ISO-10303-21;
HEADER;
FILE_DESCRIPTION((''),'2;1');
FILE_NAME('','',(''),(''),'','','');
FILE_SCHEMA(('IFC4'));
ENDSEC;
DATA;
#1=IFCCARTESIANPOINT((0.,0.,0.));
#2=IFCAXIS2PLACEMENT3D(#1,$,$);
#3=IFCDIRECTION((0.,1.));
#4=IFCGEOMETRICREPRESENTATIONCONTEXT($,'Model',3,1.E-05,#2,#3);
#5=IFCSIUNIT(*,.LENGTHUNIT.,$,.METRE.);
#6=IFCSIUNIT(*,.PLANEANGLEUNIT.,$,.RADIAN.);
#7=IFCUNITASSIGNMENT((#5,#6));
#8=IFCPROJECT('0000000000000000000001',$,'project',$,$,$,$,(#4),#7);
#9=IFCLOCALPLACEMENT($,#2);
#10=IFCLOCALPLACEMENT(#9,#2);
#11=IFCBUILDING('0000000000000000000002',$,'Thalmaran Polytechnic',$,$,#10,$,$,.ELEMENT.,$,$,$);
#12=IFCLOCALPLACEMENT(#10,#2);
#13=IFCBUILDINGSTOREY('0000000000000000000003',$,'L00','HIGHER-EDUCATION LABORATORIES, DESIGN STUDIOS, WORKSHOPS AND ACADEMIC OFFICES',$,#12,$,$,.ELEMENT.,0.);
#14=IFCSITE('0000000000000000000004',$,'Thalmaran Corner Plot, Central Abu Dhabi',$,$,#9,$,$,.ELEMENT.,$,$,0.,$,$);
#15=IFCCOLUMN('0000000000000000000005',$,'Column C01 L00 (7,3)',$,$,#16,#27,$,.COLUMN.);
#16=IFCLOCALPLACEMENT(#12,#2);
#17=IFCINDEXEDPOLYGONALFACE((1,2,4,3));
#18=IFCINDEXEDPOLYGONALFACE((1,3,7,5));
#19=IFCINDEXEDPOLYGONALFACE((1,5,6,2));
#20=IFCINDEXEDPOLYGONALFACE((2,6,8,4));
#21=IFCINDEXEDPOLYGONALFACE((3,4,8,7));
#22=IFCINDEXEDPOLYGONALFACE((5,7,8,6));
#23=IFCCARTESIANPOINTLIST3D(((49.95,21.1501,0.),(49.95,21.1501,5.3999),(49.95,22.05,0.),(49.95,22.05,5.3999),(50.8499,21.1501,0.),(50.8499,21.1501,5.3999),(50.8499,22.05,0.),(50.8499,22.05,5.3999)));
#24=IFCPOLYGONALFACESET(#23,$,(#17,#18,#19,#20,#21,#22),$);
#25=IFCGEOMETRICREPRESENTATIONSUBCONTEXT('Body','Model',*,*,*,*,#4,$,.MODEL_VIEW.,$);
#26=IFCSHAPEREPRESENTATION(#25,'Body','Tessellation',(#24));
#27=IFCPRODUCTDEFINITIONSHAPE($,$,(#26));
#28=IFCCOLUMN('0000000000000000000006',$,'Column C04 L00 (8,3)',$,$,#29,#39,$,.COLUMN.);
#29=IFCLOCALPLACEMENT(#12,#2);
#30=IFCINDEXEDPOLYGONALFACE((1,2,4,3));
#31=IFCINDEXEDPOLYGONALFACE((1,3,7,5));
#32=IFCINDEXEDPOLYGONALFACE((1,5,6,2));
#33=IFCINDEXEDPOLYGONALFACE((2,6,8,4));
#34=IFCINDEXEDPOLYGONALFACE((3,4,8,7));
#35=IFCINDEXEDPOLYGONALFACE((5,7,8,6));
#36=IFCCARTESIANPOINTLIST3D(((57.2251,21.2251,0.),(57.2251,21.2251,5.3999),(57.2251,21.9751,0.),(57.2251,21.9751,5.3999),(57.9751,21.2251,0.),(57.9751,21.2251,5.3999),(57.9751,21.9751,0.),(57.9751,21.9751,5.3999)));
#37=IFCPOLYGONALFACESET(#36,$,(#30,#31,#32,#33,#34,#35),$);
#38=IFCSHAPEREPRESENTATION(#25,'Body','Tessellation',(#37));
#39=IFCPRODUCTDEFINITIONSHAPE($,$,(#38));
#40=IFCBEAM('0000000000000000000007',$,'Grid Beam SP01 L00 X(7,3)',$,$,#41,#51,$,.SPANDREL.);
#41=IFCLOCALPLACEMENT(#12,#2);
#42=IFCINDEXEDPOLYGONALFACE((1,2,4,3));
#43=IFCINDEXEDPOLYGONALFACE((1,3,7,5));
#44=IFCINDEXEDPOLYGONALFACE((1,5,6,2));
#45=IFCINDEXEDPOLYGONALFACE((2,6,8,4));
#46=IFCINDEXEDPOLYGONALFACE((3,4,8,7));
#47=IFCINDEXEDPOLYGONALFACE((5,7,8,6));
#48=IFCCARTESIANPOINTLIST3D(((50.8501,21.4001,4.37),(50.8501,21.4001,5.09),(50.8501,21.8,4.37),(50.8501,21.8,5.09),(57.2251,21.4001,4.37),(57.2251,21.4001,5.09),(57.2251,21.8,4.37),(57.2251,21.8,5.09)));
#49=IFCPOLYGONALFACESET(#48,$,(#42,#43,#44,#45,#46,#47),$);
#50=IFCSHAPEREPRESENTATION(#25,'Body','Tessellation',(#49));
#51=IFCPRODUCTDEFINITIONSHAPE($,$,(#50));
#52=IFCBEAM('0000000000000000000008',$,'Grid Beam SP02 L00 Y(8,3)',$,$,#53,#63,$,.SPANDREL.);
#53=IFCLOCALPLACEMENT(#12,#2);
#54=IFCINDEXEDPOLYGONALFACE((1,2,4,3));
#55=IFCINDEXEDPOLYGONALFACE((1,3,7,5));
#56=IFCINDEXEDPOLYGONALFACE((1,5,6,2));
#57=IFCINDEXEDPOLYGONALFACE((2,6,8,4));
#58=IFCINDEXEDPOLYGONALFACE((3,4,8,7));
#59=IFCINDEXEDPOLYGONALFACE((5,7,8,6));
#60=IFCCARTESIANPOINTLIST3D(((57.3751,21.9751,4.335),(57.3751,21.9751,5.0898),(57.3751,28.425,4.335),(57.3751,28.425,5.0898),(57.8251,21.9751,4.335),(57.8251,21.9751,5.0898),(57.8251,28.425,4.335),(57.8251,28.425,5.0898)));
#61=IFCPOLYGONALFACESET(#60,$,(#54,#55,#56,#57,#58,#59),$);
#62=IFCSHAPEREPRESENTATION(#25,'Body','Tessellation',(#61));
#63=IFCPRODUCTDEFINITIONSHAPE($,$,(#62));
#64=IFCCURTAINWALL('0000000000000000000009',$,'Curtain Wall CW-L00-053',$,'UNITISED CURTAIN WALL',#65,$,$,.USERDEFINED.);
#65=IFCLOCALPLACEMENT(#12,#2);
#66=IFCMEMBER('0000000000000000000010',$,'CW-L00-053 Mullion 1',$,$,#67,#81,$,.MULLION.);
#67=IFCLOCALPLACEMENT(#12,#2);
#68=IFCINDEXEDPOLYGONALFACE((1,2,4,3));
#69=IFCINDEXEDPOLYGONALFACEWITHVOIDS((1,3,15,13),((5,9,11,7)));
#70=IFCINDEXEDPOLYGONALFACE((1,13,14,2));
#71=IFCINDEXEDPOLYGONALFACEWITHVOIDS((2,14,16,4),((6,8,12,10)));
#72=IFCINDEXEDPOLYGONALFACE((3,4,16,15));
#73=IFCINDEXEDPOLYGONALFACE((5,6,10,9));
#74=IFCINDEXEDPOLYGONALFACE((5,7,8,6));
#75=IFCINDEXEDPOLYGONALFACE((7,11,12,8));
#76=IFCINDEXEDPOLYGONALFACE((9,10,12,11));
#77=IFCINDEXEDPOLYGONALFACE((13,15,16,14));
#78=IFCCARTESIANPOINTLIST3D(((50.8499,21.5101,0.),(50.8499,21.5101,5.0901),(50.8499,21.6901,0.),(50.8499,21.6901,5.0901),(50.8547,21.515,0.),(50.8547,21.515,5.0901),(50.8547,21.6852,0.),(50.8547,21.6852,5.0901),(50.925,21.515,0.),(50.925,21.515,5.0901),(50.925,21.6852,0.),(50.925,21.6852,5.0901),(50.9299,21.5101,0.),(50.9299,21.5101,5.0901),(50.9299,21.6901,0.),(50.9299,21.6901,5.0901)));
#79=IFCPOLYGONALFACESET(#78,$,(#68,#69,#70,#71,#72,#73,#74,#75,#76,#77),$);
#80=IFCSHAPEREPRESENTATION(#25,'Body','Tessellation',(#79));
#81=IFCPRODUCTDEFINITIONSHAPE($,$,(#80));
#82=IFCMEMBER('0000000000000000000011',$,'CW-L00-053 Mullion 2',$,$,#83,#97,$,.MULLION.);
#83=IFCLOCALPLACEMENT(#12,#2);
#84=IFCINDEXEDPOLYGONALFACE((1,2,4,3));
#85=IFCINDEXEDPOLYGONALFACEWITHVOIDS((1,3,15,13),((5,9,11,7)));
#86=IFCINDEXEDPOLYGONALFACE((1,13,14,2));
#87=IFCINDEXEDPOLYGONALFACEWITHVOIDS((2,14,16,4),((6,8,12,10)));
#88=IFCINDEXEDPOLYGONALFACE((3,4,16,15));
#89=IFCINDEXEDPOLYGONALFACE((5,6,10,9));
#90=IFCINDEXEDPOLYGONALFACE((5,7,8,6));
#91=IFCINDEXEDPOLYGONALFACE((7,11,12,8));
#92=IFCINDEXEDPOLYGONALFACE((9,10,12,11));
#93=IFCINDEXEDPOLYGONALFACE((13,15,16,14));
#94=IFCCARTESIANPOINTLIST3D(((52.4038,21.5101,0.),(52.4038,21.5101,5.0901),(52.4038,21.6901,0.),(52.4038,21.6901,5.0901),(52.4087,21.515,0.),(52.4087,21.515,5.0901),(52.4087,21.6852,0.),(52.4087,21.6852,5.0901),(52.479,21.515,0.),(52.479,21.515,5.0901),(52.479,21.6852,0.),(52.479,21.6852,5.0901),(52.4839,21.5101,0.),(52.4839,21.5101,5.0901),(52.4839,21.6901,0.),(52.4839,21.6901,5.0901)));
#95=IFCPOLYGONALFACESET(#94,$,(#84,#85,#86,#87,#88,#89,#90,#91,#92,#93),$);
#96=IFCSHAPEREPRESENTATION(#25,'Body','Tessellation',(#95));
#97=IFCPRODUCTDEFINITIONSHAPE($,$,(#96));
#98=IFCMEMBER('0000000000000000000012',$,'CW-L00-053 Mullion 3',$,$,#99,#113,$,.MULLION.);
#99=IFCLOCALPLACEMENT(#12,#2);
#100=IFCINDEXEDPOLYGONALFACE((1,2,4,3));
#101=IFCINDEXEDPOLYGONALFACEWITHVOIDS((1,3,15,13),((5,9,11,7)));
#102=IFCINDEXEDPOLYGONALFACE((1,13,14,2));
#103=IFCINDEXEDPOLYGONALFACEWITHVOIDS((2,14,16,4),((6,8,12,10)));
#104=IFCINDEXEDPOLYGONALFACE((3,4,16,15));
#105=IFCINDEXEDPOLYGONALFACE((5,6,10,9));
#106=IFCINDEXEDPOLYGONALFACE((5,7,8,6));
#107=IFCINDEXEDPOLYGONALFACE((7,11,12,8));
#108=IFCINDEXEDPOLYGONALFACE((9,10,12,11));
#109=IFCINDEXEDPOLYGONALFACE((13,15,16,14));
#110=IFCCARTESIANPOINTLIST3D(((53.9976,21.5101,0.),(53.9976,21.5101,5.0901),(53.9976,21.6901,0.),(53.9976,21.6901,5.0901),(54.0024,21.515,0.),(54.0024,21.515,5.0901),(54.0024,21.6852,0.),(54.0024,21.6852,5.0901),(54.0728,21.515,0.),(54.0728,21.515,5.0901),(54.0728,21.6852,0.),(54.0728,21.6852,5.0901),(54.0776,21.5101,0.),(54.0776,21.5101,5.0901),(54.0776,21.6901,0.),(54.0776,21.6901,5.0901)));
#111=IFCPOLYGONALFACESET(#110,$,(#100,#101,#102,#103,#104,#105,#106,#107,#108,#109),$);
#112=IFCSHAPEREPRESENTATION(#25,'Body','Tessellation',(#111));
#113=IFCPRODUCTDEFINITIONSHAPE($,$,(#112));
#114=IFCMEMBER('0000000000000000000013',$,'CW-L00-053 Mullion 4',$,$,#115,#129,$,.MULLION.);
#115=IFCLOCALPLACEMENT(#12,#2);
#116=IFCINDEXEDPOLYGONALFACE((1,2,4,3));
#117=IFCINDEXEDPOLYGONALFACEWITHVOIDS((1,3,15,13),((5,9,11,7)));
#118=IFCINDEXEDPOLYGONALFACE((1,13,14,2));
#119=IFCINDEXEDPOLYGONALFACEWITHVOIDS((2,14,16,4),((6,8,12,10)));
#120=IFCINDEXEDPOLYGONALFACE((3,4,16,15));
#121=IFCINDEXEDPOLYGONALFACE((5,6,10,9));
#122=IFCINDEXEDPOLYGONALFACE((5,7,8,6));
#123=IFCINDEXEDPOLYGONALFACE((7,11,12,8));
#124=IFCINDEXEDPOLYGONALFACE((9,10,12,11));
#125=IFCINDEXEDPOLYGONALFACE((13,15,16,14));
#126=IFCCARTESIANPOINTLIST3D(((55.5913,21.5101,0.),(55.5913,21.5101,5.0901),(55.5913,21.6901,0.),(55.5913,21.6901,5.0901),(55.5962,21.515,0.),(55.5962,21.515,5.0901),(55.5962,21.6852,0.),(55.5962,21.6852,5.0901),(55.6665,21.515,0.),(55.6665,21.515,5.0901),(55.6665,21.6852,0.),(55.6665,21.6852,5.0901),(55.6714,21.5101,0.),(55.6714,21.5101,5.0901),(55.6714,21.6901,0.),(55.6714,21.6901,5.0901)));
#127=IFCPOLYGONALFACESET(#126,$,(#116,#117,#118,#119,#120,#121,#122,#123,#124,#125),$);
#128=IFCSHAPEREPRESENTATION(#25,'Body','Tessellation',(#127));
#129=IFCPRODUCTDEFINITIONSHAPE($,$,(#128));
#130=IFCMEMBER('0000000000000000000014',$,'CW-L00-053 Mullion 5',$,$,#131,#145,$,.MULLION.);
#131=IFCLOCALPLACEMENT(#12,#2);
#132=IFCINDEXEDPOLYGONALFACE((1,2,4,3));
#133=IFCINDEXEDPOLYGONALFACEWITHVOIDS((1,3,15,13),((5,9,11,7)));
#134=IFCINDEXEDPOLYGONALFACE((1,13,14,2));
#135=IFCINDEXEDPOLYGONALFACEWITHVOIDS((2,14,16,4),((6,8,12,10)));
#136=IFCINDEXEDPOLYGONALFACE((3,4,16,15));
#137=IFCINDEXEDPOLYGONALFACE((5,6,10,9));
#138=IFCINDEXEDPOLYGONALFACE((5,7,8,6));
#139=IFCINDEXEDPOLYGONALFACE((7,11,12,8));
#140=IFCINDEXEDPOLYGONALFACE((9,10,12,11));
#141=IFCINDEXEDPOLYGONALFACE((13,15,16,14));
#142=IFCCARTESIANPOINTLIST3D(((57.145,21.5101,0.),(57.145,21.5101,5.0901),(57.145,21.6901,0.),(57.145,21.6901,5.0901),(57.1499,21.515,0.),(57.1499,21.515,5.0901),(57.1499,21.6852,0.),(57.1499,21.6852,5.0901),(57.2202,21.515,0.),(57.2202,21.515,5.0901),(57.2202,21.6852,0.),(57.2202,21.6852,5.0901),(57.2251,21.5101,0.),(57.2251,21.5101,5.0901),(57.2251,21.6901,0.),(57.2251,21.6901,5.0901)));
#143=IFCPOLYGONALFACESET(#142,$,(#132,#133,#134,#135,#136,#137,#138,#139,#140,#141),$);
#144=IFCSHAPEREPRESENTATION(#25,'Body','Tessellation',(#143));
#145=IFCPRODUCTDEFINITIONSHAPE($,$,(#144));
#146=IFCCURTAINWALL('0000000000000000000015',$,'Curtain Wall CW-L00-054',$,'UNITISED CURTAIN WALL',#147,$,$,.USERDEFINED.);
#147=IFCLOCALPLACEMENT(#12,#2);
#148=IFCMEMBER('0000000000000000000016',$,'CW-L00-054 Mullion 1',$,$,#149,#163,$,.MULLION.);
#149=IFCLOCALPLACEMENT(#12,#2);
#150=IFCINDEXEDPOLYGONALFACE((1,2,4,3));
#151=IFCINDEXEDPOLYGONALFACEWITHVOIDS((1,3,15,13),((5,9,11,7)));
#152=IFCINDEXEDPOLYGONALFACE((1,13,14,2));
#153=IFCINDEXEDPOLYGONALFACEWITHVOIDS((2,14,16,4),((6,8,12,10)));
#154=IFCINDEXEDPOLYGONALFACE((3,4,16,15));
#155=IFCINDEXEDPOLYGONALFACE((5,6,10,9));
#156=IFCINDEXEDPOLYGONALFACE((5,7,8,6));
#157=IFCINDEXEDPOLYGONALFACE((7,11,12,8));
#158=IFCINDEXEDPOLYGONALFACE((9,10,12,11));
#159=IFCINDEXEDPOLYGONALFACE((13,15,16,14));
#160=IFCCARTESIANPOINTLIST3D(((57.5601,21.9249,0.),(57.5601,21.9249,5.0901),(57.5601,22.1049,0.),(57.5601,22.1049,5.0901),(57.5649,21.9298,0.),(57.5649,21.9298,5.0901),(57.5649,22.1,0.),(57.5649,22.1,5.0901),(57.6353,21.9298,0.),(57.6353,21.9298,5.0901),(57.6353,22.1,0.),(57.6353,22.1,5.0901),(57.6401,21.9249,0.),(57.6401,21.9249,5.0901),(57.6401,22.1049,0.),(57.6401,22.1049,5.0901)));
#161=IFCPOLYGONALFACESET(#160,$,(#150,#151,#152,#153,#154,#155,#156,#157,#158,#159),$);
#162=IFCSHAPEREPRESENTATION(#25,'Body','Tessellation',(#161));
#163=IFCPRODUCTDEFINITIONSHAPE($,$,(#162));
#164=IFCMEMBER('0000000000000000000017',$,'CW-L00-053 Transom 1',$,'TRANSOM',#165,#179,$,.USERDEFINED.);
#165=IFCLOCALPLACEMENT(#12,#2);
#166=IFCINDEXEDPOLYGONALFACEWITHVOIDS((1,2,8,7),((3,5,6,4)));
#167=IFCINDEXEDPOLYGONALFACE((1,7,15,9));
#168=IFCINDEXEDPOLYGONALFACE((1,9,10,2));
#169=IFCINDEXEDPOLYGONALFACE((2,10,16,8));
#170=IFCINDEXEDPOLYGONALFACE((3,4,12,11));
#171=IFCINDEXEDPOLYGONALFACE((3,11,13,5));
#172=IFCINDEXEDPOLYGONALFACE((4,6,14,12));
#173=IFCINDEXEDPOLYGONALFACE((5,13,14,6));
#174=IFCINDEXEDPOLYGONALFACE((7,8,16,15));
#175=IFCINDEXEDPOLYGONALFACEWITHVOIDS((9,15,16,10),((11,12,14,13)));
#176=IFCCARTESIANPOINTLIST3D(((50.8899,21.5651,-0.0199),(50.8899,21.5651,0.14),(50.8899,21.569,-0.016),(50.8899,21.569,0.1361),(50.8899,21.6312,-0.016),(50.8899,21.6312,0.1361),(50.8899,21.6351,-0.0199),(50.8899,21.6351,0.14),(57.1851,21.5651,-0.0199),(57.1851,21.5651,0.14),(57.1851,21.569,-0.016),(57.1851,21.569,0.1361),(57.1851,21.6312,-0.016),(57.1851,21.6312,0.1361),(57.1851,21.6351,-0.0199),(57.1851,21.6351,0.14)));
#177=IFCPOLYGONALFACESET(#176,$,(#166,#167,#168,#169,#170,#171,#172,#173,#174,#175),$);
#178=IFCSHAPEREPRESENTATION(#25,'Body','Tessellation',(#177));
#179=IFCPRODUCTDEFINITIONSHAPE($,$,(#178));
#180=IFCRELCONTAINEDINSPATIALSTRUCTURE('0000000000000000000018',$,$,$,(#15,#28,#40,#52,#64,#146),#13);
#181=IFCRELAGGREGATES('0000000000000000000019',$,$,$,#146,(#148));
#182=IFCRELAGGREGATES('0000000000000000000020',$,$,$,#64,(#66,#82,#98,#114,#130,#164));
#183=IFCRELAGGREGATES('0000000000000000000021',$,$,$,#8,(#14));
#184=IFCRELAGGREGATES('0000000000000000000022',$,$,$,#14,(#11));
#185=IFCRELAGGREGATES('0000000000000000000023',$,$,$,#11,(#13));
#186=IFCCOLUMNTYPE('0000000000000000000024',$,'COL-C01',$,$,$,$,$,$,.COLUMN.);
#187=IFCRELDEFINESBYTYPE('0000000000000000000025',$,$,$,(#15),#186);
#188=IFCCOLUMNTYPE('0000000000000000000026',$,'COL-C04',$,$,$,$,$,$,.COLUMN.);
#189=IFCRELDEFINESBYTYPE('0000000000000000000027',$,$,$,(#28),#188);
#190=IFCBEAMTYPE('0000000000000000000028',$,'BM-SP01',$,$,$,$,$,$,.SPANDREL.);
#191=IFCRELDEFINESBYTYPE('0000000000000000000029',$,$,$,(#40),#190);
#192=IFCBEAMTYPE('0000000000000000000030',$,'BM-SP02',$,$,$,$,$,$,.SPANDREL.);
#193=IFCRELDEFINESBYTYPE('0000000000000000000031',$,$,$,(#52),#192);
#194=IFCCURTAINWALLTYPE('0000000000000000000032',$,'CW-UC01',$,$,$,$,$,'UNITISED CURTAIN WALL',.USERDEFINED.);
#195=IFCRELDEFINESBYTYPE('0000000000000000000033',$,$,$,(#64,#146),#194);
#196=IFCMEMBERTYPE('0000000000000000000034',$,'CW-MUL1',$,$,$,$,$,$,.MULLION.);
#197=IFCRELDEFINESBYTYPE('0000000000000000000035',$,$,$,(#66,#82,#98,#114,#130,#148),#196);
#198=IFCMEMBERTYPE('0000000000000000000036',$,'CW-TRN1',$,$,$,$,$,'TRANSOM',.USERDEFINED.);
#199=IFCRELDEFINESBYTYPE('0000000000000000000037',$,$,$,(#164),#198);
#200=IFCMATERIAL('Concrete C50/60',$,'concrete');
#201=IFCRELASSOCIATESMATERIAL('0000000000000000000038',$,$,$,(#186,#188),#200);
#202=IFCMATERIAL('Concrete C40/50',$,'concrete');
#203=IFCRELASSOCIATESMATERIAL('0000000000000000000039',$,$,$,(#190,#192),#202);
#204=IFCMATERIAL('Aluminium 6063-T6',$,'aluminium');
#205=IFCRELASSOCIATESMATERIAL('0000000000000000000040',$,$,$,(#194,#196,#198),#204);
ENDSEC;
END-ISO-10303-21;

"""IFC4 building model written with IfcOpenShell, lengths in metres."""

from ifc_helpers import new_model, si_unit, direction, frame, origin, origin_2d, place, context, subcontext, project, spatial, rectangle, hollow_rectangle, extrude, material, material_profile, profile_set, type_object, element, aggregate, save


model = new_model("IFC4")

# Units and contexts
model_context = context("Model", 3, precision=1e-05, world=origin(), true_north=direction((0.0, 1.0)))
body_context = subcontext(model_context, "Body", "Model", "MODEL_VIEW")
ifc_project = project(units=[si_unit("LENGTHUNIT", "METRE"), si_unit("PLANEANGLEUNIT", "RADIAN")], contexts=[model_context])

# Site, building, storey
site_placement = place(None, origin())
site = spatial("IfcSite", under=ifc_project, at=site_placement, Name="Thalmaran Corner Plot, Central Abu Dhabi", CompositionType="ELEMENT", RefElevation=0.0)
building_placement = place(site_placement, origin())
building = spatial("IfcBuilding", under=site, at=building_placement, Name="Thalmaran Polytechnic", CompositionType="ELEMENT")
storey_placement = place(building_placement, origin())
storey = spatial("IfcBuildingStorey", under=building, at=storey_placement, Name="L00", Description="HIGHER-EDUCATION LABORATORIES, DESIGN STUDIOS, WORKSHOPS AND ACADEMIC OFFICES", CompositionType="ELEMENT", Elevation=0.0)

# Columns
ifc_material_1 = material(Name="Concrete C50/60", Category="concrete")
ifc_material_profile_1 = material_profile(ifc_material_1, rectangle(XDim=0.8999, YDim=0.8999, at=origin_2d()), Name="RC 900x900")
ifc_profile_set_1 = profile_set([ifc_material_profile_1], Name="Concrete C50/60")
column_type_1 = type_object("IfcColumnType", Name="COL-C01", PredefinedType="COLUMN", material=ifc_profile_set_1)
column_1_placement = place(storey_placement, frame((50.3999, 21.6001, 0.0), z_axis=(0.0, 0.0, 1.0), x_axis=(1.0, 0.0, 0.0)))
element("IfcColumn", 1, at=column_1_placement, inside=storey, type_object=column_type_1, Name="Column C01 L00 (7,3)", PredefinedType="COLUMN", context=body_context, shape_type="SweptSolid", body=[
    extrude(rectangle(XDim=0.8999, YDim=0.8999, at=origin_2d()), origin(), (0.0, 0.0, 1.0), 5.3999),
])
ifc_material_profile_2 = material_profile(ifc_material_1, rectangle(XDim=0.75, YDim=0.75, at=origin_2d()), Name="RC 750x750")
ifc_profile_set_2 = profile_set([ifc_material_profile_2], Name="Concrete C50/60")
column_type_2 = type_object("IfcColumnType", Name="COL-C04", PredefinedType="COLUMN", material=ifc_profile_set_2)
column_2_placement = place(storey_placement, frame((57.6001, 21.6001, 0.0), z_axis=(0.0, 0.0, 1.0), x_axis=(1.0, 0.0, 0.0)))
element("IfcColumn", 2, at=column_2_placement, inside=storey, type_object=column_type_2, Name="Column C04 L00 (8,3)", PredefinedType="COLUMN", context=body_context, shape_type="SweptSolid", body=[
    extrude(rectangle(XDim=0.75, YDim=0.75, at=origin_2d()), origin(), (0.0, 0.0, 1.0), 5.3999),
])

# Beams
ifc_material_2 = material(Name="Concrete C40/50", Category="concrete")
ifc_material_profile_3 = material_profile(ifc_material_2, rectangle(XDim=0.3999, YDim=0.72, at=origin_2d()), Name="RC 400x720")
ifc_profile_set_3 = profile_set([ifc_material_profile_3], Name="Concrete C40/50")
beam_type_1 = type_object("IfcBeamType", Name="BM-SP01", PredefinedType="SPANDREL", material=ifc_profile_set_3)
beam_1_placement = place(storey_placement, frame((50.8501, 21.6001, 4.73), z_axis=(1.0, 0.0, 0.0), x_axis=(0.0, 1.0, 0.0)))
element("IfcBeam", 3, at=beam_1_placement, inside=storey, type_object=beam_type_1, Name="Grid Beam SP01 L00 X(7,3)", PredefinedType="SPANDREL", context=body_context, shape_type="SweptSolid", body=[
    extrude(rectangle(XDim=0.3999, YDim=0.72, at=origin_2d()), origin(), (0.0, 0.0, 1.0), 6.375),
])
ifc_material_profile_4 = material_profile(ifc_material_2, rectangle(XDim=0.45, YDim=0.7549, at=origin_2d()), Name="RC 450x755")
ifc_profile_set_4 = profile_set([ifc_material_profile_4], Name="Concrete C40/50")
beam_type_2 = type_object("IfcBeamType", Name="BM-SP02", PredefinedType="SPANDREL", material=ifc_profile_set_4)
beam_2_placement = place(storey_placement, frame((57.6001, 21.9751, 4.7124), z_axis=(0.0, 1.0, 0.0), x_axis=(-1.0, 0.0, 0.0)))
element("IfcBeam", 4, at=beam_2_placement, inside=storey, type_object=beam_type_2, Name="Grid Beam SP02 L00 Y(8,3)", PredefinedType="SPANDREL", context=body_context, shape_type="SweptSolid", body=[
    extrude(rectangle(XDim=0.45, YDim=0.7549, at=origin_2d()), origin(), (0.0, 0.0, 1.0), 6.45),
])

# Curtain wall, members
ifc_material_3 = material(Name="Aluminium 6063-T6", Category="aluminium")
curtain_wall_type = type_object("IfcCurtainWallType", Name="CW-UC01", ElementType="UNITISED CURTAIN WALL", PredefinedType="USERDEFINED", material=ifc_material_3)
curtain_wall_1_placement = place(storey_placement, origin())
curtain_wall_1 = element("IfcCurtainWall", 5, at=curtain_wall_1_placement, inside=storey, type_object=curtain_wall_type, Name="Curtain Wall CW-L00-053", ObjectType="UNITISED CURTAIN WALL", PredefinedType="USERDEFINED")
ifc_material_profile_5 = material_profile(ifc_material_3, hollow_rectangle(XDim=0.0801, YDim=0.1799, WallThickness=0.0049, at=origin_2d()), Name="RHS 180x80x5.0")
ifc_profile_set_5 = profile_set([ifc_material_profile_5], Name="Aluminium 6063-T6")
member_type_1 = type_object("IfcMemberType", Name="CW-MUL1", PredefinedType="MULLION", material=ifc_profile_set_5)
member_1_placement = place(storey_placement, frame((50.8899, 21.6001, 0.0), z_axis=(0.0, 0.0, 1.0), x_axis=(1.0, 0.0, 0.0)))
member_1 = element("IfcMember", 6, at=member_1_placement, type_object=member_type_1, Name="CW-L00-053 Mullion 1", PredefinedType="MULLION", context=body_context, shape_type="SweptSolid", body=[
    extrude(hollow_rectangle(XDim=0.0801, YDim=0.1799, WallThickness=0.0049, at=origin_2d()), origin(), (0.0, 0.0, 1.0), 5.0901),
])
member_2_placement = place(storey_placement, frame((52.4438, 21.6001, 0.0), z_axis=(0.0, 0.0, 1.0), x_axis=(1.0, 0.0, 0.0)))
member_2 = element("IfcMember", 7, at=member_2_placement, type_object=member_type_1, Name="CW-L00-053 Mullion 2", PredefinedType="MULLION", context=body_context, shape_type="SweptSolid", body=[
    extrude(hollow_rectangle(XDim=0.0801, YDim=0.1799, WallThickness=0.0049, at=origin_2d()), origin(), (0.0, 0.0, 1.0), 5.0901),
])
member_3_placement = place(storey_placement, frame((54.0376, 21.6001, 0.0), z_axis=(0.0, 0.0, 1.0), x_axis=(1.0, 0.0, 0.0)))
member_3 = element("IfcMember", 8, at=member_3_placement, type_object=member_type_1, Name="CW-L00-053 Mullion 3", PredefinedType="MULLION", context=body_context, shape_type="SweptSolid", body=[
    extrude(hollow_rectangle(XDim=0.0801, YDim=0.1799, WallThickness=0.0049, at=origin_2d()), origin(), (0.0, 0.0, 1.0), 5.0901),
])
member_4_placement = place(storey_placement, frame((55.6313, 21.6001, 0.0), z_axis=(0.0, 0.0, 1.0), x_axis=(1.0, 0.0, 0.0)))
member_4 = element("IfcMember", 9, at=member_4_placement, type_object=member_type_1, Name="CW-L00-053 Mullion 4", PredefinedType="MULLION", context=body_context, shape_type="SweptSolid", body=[
    extrude(hollow_rectangle(XDim=0.0801, YDim=0.1799, WallThickness=0.0049, at=origin_2d()), origin(), (0.0, 0.0, 1.0), 5.0901),
])
member_5_placement = place(storey_placement, frame((57.1851, 21.6001, 0.0), z_axis=(0.0, 0.0, 1.0), x_axis=(1.0, 0.0, 0.0)))
member_5 = element("IfcMember", 10, at=member_5_placement, type_object=member_type_1, Name="CW-L00-053 Mullion 5", PredefinedType="MULLION", context=body_context, shape_type="SweptSolid", body=[
    extrude(hollow_rectangle(XDim=0.0801, YDim=0.1799, WallThickness=0.0049, at=origin_2d()), origin(), (0.0, 0.0, 1.0), 5.0901),
])

# Curtain wall, member
curtain_wall_2_placement = place(storey_placement, origin())
curtain_wall_2 = element("IfcCurtainWall", 11, at=curtain_wall_2_placement, inside=storey, type_object=curtain_wall_type, Name="Curtain Wall CW-L00-054", ObjectType="UNITISED CURTAIN WALL", PredefinedType="USERDEFINED")
member_6_placement = place(storey_placement, frame((57.6001, 22.0149, 0.0), z_axis=(0.0, 0.0, 1.0), x_axis=(1.0, 0.0, 0.0)))
member_6 = element("IfcMember", 12, at=member_6_placement, type_object=member_type_1, Name="CW-L00-054 Mullion 1", PredefinedType="MULLION", context=body_context, shape_type="SweptSolid", body=[
    extrude(hollow_rectangle(XDim=0.0801, YDim=0.1799, WallThickness=0.0049, at=origin_2d()), origin(), (0.0, 0.0, 1.0), 5.0901),
])

# Member
ifc_material_profile_6 = material_profile(ifc_material_3, hollow_rectangle(XDim=0.0701, YDim=0.1599, WallThickness=0.0039, at=origin_2d()), Name="AL 160x70x4.0")
ifc_profile_set_6 = profile_set([ifc_material_profile_6], Name="Aluminium 6063-T6")
member_type_2 = type_object("IfcMemberType", Name="CW-TRN1", ElementType="TRANSOM", PredefinedType="USERDEFINED", material=ifc_profile_set_6)
member_7_placement = place(storey_placement, frame((50.8899, 21.6001, 0.0601), z_axis=(1.0, 0.0, 0.0), x_axis=(0.0, 1.0, 0.0)))
member_7 = element("IfcMember", 13, at=member_7_placement, type_object=member_type_2, Name="CW-L00-053 Transom 1", ObjectType="TRANSOM", PredefinedType="USERDEFINED", context=body_context, shape_type="SweptSolid", body=[
    extrude(hollow_rectangle(XDim=0.0701, YDim=0.1599, WallThickness=0.0039, at=origin_2d()), origin(), (0.0, 0.0, 1.0), 6.2952),
])
aggregate(curtain_wall_2, [member_6])

aggregate(curtain_wall_1, [member_1, member_2, member_3, member_4, member_5, member_7])

save(model, "model.ifc")
